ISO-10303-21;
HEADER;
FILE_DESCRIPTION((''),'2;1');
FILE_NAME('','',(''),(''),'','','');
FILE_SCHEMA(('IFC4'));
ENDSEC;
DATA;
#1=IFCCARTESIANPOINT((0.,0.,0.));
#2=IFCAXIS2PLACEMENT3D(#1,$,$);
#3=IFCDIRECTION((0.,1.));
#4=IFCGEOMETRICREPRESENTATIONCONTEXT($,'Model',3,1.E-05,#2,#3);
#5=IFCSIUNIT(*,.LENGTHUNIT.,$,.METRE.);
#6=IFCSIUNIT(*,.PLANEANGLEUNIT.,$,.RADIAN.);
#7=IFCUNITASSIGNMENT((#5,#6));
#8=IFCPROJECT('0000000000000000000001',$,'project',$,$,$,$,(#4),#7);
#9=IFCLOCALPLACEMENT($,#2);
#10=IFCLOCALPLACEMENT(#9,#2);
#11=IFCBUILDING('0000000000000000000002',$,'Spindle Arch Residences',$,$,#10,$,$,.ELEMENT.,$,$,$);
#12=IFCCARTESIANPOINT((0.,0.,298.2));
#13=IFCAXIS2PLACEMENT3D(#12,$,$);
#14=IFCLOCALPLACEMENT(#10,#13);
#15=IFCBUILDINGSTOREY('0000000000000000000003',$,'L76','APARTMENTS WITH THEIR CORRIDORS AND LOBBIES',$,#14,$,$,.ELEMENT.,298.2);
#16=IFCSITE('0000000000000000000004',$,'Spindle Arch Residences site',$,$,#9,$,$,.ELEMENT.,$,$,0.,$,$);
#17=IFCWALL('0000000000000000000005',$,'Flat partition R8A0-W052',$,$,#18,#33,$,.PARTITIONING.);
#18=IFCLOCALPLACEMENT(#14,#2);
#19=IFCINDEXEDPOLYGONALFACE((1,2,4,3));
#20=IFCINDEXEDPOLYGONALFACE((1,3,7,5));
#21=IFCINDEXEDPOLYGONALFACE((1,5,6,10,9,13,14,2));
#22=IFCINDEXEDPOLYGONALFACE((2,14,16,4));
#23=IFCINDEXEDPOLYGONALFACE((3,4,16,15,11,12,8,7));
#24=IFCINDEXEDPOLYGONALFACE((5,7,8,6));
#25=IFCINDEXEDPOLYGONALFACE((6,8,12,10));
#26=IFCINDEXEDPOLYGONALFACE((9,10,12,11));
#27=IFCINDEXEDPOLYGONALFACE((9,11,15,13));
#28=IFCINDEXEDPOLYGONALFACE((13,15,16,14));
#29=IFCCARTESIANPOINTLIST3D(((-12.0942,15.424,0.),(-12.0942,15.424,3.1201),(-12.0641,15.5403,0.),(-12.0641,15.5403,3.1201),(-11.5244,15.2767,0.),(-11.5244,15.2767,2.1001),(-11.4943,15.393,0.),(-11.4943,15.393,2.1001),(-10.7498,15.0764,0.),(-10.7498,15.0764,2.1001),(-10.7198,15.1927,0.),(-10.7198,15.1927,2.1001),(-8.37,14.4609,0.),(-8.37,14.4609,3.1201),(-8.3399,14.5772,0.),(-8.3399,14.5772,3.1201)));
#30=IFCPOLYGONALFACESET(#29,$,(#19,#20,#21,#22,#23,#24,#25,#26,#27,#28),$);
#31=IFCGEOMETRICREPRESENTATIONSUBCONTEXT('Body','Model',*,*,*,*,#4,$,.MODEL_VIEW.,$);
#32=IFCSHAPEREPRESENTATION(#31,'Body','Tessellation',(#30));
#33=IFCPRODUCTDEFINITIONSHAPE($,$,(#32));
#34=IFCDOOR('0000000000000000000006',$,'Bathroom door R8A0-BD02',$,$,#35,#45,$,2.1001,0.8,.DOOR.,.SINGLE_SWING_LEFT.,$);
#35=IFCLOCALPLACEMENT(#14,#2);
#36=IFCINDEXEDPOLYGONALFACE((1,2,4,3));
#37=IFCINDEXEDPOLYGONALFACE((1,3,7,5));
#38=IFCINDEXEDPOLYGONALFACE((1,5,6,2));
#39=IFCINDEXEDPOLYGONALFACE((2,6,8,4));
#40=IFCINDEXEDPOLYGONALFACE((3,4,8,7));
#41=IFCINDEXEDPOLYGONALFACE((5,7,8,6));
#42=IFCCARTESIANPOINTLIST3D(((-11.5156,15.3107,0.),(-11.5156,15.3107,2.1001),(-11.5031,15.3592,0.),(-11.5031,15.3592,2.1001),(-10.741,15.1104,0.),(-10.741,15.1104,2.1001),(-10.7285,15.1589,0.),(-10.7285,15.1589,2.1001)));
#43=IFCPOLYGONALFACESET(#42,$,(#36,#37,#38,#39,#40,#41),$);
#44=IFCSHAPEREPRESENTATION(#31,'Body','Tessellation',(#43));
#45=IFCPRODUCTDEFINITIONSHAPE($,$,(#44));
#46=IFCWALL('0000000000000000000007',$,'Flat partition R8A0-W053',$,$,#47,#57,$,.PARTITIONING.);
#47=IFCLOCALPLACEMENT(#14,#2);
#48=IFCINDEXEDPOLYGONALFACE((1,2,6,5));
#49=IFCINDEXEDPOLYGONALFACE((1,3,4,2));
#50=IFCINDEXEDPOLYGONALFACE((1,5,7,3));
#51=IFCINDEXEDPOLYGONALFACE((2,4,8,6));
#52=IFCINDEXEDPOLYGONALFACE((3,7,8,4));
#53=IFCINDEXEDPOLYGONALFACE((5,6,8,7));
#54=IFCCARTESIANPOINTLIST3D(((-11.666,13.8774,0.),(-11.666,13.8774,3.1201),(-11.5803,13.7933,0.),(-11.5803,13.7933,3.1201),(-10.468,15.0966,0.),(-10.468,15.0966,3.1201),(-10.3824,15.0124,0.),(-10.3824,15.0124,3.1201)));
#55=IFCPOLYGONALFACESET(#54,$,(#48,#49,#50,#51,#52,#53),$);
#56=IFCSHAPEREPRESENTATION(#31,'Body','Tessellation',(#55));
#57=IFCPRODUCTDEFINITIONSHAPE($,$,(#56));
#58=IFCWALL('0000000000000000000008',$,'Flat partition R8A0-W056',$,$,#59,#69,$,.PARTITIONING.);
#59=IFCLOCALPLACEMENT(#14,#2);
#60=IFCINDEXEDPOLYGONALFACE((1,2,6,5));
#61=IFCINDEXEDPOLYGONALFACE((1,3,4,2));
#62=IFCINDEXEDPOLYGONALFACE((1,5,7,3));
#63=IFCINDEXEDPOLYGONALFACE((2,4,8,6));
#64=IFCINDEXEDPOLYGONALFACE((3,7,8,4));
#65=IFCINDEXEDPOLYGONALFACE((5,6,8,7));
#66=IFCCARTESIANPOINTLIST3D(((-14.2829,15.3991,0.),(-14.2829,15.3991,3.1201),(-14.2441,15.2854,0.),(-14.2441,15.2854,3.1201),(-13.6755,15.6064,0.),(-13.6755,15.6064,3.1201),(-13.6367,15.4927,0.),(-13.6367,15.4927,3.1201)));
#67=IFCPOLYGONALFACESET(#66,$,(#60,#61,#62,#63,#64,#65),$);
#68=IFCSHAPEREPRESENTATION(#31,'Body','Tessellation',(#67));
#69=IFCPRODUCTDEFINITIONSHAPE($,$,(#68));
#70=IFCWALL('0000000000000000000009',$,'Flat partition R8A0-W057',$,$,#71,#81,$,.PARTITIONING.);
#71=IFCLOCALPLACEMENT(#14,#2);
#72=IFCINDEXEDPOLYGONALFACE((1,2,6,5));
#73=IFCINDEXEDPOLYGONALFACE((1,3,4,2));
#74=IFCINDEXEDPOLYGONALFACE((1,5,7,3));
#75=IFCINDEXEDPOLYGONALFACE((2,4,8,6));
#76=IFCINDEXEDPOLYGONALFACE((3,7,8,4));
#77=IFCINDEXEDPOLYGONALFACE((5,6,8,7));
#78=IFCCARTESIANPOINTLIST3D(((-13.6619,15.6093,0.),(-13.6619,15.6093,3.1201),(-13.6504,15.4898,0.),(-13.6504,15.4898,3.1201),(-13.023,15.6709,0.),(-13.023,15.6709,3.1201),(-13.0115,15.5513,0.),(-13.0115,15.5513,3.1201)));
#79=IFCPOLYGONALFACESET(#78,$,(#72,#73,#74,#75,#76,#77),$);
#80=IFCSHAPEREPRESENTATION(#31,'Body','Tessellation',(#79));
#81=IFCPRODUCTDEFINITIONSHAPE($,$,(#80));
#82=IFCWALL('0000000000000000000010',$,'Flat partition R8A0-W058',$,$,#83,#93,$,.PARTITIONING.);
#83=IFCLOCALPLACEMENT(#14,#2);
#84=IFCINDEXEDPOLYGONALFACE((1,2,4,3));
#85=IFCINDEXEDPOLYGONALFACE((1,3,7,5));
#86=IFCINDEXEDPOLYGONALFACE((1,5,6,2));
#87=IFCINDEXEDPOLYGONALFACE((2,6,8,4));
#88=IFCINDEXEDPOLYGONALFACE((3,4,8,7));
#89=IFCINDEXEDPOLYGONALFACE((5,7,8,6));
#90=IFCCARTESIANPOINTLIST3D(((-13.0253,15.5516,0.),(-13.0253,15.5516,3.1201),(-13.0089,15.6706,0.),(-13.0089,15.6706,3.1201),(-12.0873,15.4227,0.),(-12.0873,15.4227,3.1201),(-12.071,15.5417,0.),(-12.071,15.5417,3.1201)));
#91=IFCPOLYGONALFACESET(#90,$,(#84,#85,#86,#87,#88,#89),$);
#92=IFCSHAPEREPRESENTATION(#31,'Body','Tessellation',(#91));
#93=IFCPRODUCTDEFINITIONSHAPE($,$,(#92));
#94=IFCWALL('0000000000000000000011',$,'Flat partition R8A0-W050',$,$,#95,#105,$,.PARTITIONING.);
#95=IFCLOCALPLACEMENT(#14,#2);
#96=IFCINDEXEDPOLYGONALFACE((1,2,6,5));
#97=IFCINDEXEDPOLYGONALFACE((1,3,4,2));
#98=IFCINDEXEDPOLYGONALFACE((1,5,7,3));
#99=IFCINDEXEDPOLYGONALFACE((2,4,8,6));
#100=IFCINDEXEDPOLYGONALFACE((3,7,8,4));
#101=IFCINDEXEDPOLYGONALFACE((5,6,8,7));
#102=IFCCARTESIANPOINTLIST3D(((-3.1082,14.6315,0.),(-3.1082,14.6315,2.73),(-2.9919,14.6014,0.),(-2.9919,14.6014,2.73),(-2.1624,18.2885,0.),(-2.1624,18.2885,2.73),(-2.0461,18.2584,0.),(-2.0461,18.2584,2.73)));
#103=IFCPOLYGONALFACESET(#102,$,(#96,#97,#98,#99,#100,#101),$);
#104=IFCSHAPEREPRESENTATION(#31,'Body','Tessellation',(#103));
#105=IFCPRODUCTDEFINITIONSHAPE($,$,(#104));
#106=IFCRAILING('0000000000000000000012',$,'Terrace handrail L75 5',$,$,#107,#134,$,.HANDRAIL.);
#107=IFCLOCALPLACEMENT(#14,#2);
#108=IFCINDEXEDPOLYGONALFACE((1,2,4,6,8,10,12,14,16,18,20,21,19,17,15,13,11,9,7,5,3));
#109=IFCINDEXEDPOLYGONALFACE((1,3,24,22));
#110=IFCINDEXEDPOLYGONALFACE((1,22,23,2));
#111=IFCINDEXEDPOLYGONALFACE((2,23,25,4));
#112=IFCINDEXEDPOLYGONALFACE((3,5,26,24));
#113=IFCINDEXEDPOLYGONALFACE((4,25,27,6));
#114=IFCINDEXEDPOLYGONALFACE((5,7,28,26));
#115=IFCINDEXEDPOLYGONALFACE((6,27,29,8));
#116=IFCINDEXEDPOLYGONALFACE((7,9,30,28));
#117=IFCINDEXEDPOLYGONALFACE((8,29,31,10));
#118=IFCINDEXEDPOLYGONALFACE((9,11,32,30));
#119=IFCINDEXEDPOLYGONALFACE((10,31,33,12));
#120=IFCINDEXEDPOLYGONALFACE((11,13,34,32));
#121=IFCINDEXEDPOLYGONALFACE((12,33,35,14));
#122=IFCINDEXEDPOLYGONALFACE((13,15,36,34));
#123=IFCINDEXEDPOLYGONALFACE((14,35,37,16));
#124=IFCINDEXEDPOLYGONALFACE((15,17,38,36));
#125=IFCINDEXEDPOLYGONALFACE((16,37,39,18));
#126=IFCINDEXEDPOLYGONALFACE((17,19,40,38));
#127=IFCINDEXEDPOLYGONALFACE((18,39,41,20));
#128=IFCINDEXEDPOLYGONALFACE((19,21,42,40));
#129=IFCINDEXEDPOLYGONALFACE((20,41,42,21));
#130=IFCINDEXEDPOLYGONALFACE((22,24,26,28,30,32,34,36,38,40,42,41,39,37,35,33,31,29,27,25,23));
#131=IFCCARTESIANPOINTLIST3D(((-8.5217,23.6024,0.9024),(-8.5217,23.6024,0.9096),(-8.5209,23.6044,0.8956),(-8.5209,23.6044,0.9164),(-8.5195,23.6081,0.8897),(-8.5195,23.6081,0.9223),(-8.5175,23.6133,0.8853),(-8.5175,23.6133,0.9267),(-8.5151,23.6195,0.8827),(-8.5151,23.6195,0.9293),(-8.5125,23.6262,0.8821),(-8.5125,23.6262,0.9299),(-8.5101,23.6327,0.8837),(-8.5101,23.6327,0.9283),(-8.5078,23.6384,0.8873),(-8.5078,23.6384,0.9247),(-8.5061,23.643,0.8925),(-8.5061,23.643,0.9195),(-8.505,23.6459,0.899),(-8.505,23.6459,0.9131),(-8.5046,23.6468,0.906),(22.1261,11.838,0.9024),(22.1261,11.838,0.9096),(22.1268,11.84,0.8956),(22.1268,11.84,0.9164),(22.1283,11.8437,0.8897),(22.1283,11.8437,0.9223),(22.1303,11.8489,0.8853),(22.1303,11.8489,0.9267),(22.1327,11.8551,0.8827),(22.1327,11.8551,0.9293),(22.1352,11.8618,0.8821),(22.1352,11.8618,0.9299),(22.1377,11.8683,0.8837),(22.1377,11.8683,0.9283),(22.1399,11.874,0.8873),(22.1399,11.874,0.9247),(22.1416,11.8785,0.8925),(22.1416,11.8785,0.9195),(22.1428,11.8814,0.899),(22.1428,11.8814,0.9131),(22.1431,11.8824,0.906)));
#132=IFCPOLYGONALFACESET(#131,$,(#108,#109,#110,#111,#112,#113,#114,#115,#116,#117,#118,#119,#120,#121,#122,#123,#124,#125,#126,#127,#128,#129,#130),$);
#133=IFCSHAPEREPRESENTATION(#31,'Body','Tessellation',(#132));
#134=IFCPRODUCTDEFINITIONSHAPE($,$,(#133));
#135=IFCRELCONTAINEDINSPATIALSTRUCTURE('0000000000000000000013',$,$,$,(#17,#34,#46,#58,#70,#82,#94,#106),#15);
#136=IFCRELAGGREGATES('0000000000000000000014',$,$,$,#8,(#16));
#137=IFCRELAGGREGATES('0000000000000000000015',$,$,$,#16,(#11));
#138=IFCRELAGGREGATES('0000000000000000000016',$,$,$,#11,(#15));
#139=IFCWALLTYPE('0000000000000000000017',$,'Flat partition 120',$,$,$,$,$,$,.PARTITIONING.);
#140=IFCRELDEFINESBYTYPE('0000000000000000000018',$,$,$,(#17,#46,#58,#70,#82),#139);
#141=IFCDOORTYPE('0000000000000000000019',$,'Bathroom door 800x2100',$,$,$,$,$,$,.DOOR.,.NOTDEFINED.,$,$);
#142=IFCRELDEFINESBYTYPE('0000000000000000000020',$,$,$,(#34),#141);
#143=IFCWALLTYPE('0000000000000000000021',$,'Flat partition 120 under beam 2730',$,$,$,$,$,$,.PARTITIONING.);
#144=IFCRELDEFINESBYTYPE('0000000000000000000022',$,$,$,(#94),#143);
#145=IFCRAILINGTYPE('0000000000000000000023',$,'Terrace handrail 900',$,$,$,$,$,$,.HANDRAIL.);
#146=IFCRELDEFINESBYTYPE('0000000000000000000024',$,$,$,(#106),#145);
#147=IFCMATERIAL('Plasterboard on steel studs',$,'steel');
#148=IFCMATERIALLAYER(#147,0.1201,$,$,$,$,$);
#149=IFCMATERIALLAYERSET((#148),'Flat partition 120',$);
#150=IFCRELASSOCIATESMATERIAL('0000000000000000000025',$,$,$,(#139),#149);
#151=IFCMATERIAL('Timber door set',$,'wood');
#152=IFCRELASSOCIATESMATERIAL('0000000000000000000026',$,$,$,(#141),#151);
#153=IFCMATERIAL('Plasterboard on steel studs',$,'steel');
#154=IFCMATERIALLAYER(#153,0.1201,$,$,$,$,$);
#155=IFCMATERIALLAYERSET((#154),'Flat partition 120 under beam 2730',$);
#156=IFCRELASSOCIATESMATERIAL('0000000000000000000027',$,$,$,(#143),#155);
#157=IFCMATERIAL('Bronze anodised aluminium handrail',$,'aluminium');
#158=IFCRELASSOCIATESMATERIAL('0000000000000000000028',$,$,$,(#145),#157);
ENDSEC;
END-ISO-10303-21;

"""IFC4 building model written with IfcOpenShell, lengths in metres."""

from ifc_helpers import new_model, si_unit, direction, frame, frame_2d, origin, origin_2d, place, context, subcontext, project, spatial, rectangle, circle, extrude, material, layer, layer_set, type_object, element, fill, save


model = new_model("IFC4")

# Units and contexts
model_context = context("Model", 3, precision=1e-05, world=origin(), true_north=direction((0.0, 1.0)))
body_context = subcontext(model_context, "Body", "Model", "MODEL_VIEW")
ifc_project = project(units=[si_unit("LENGTHUNIT", "METRE"), si_unit("PLANEANGLEUNIT", "RADIAN")], contexts=[model_context])

# Site, building, storey
site_placement = place(None, origin())
site = spatial("IfcSite", under=ifc_project, at=site_placement, Name="Spindle Arch Residences site", CompositionType="ELEMENT", RefElevation=0.0)
building_placement = place(site_placement, origin())
building = spatial("IfcBuilding", under=site, at=building_placement, Name="Spindle Arch Residences", CompositionType="ELEMENT")
storey_placement = place(building_placement, frame((0.0, 0.0, 298.2)))
storey = spatial("IfcBuildingStorey", under=building, at=storey_placement, Name="L76", Description="APARTMENTS WITH THEIR CORRIDORS AND LOBBIES", CompositionType="ELEMENT", Elevation=298.2)

# Shared definitions
ifc_material_1 = material(Name="Plasterboard on steel studs", Category="steel")
ifc_layer_1 = layer(ifc_material_1, 0.1201)
ifc_layer_set_1 = layer_set([ifc_layer_1], Name="Flat partition 120")
wall_type_1 = type_object("IfcWallType", Name="Flat partition 120", PredefinedType="PARTITIONING", material=ifc_layer_set_1)

# Wall, opening, door
wall_1_placement = place(storey_placement, frame((-8.355, 14.519, 0.0), z_axis=(0.0, 0.0, 1.0), x_axis=(-0.968147, 0.250383, 0.0)))
wall_1 = element("IfcWall", 1, at=wall_1_placement, inside=storey, type_object=wall_type_1, Name="Flat partition R8A0-W052", PredefinedType="PARTITIONING", context=body_context, shape_type="SweptSolid", body=[
    extrude(rectangle(XDim=3.8467, YDim=0.1201, at=frame_2d((1.9233, 0.0))), origin(), (0.0, 0.0, 1.0), 3.1201),
])
opening_1_placement = place(wall_1_placement, frame((2.4583, 0.0, 0.0)))
opening_1 = element("IfcOpeningElement", 2, at=opening_1_placement, cuts=wall_1, PredefinedType="OPENING", context=body_context, shape_type="SweptSolid", body=[
    extrude(rectangle(XDim=0.8, YDim=2.1001, at=frame_2d((0.3999, 1.05))), frame((0.0, 0.0701, 0.0), z_axis=(0.0, -1.0, 0.0), x_axis=(1.0, 0.0, 0.0)), (0.0, 0.0, 1.0), 0.1401),
])
ifc_material_2 = material(Name="Timber door set", Category="wood")
door_type_1 = type_object("IfcDoorType", Name="Bathroom door 800x2100", OperationType="NOTDEFINED", PredefinedType="DOOR", material=ifc_material_2)
door_1_placement = place(opening_1_placement, origin())
door_1 = element("IfcDoor", 3, at=door_1_placement, inside=storey, type_object=door_type_1, Name="Bathroom door R8A0-BD02", OperationType="SINGLE_SWING_LEFT", OverallHeight=2.1001, OverallWidth=0.8, PredefinedType="DOOR", context=body_context, shape_type="SweptSolid", body=[
    extrude(rectangle(XDim=0.8, YDim=2.1001, at=frame_2d((0.3999, 1.05))), frame((0.0, 0.0249, 0.0), z_axis=(0.0, -1.0, 0.0), x_axis=(1.0, 0.0, 0.0)), (0.0, 0.0, 1.0), 0.05),
])
fill(opening_1, door_1)

# Walls
wall_2_placement = place(storey_placement, frame((-10.4253, 15.0544, 0.0), z_axis=(0.0, 0.0, 1.0), x_axis=(-0.700866, -0.713293, 0.0)))
element("IfcWall", 4, at=wall_2_placement, inside=storey, type_object=wall_type_1, Name="Flat partition R8A0-W053", PredefinedType="PARTITIONING", context=body_context, shape_type="SweptSolid", body=[
    extrude(rectangle(XDim=1.7092, YDim=0.1201, at=frame_2d((0.8545, 0.0))), origin(), (0.0, 0.0, 1.0), 3.1201),
])
for number, where, z_axis, x_axis, name in (
    (5, (-14.2634, 15.3423, 0.0), (0.0, 0.0, 1.0), (0.946415, 0.322953, 0.0), "Flat partition R8A0-W056"),
    (6, (-13.656, 15.5496, 0.0), (0.0, 0.0, 1.0), (0.995396, 0.09585, 0.0), "Flat partition R8A0-W057"),
):
    element("IfcWall", number, at=place(storey_placement, frame(where, z_axis=z_axis, x_axis=x_axis)), inside=storey, type_object=wall_type_1, Name=name, PredefinedType="PARTITIONING", context=body_context, shape_type="SweptSolid", body=[
        extrude(rectangle(XDim=0.6418, YDim=0.1201, at=frame_2d((0.3208, 0.0))), origin(), (0.0, 0.0, 1.0), 3.1201),
    ])
wall_3_placement = place(storey_placement, frame((-13.0171, 15.6111, 0.0), z_axis=(0.0, 0.0, 1.0), x_axis=(0.990688, -0.136149, 0.0)))
element("IfcWall", 7, at=wall_3_placement, inside=storey, type_object=wall_type_1, Name="Flat partition R8A0-W058", PredefinedType="PARTITIONING", context=body_context, shape_type="SweptSolid", body=[
    extrude(rectangle(XDim=0.9468, YDim=0.1201, at=frame_2d((0.4734, 0.0))), origin(), (0.0, 0.0, 1.0), 3.1201),
])
ifc_material_3 = material(Name="Plasterboard on steel studs", Category="steel")
ifc_layer_2 = layer(ifc_material_3, 0.1201)
ifc_layer_set_2 = layer_set([ifc_layer_2], Name="Flat partition 120 under beam 2730")
wall_type_2 = type_object("IfcWallType", Name="Flat partition 120 under beam 2730", PredefinedType="PARTITIONING", material=ifc_layer_set_2)
wall_4_placement = place(storey_placement, frame((-2.1042, 18.2734, 0.0), z_axis=(0.0, 0.0, 1.0), x_axis=(-0.25039, -0.968145, 0.0)))
element("IfcWall", 8, at=wall_4_placement, inside=storey, type_object=wall_type_2, Name="Flat partition R8A0-W050", PredefinedType="PARTITIONING", context=body_context, shape_type="SweptSolid", body=[
    extrude(rectangle(XDim=3.7773, YDim=0.1201, at=frame_2d((1.8887, 0.0))), origin(), (0.0, 0.0, 1.0), 2.73),
])

# Railing
ifc_material_4 = material(Name="Bronze anodised aluminium handrail", Category="aluminium")
railing_type_1 = type_object("IfcRailingType", Name="Terrace handrail 900", PredefinedType="HANDRAIL", material=ifc_material_4)
railing_1_placement = place(storey_placement, frame((-8.5132, 23.6245, 0.03)))
element("IfcRailing", 9, at=railing_1_placement, inside=storey, type_object=railing_type_1, Name="Terrace handrail L75 5", PredefinedType="HANDRAIL", context=body_context, shape_type="SweptSolid", body=[
    extrude(circle(Radius=0.0239, at=origin_2d()), frame((0.0, 0.0, 0.876), z_axis=(0.933582, -0.358364, 0.0), x_axis=(0.358364, 0.933582, 0.0)), (0.0, 0.0, 1.0), 32.8281),
])

save(model, "model.ifc")
